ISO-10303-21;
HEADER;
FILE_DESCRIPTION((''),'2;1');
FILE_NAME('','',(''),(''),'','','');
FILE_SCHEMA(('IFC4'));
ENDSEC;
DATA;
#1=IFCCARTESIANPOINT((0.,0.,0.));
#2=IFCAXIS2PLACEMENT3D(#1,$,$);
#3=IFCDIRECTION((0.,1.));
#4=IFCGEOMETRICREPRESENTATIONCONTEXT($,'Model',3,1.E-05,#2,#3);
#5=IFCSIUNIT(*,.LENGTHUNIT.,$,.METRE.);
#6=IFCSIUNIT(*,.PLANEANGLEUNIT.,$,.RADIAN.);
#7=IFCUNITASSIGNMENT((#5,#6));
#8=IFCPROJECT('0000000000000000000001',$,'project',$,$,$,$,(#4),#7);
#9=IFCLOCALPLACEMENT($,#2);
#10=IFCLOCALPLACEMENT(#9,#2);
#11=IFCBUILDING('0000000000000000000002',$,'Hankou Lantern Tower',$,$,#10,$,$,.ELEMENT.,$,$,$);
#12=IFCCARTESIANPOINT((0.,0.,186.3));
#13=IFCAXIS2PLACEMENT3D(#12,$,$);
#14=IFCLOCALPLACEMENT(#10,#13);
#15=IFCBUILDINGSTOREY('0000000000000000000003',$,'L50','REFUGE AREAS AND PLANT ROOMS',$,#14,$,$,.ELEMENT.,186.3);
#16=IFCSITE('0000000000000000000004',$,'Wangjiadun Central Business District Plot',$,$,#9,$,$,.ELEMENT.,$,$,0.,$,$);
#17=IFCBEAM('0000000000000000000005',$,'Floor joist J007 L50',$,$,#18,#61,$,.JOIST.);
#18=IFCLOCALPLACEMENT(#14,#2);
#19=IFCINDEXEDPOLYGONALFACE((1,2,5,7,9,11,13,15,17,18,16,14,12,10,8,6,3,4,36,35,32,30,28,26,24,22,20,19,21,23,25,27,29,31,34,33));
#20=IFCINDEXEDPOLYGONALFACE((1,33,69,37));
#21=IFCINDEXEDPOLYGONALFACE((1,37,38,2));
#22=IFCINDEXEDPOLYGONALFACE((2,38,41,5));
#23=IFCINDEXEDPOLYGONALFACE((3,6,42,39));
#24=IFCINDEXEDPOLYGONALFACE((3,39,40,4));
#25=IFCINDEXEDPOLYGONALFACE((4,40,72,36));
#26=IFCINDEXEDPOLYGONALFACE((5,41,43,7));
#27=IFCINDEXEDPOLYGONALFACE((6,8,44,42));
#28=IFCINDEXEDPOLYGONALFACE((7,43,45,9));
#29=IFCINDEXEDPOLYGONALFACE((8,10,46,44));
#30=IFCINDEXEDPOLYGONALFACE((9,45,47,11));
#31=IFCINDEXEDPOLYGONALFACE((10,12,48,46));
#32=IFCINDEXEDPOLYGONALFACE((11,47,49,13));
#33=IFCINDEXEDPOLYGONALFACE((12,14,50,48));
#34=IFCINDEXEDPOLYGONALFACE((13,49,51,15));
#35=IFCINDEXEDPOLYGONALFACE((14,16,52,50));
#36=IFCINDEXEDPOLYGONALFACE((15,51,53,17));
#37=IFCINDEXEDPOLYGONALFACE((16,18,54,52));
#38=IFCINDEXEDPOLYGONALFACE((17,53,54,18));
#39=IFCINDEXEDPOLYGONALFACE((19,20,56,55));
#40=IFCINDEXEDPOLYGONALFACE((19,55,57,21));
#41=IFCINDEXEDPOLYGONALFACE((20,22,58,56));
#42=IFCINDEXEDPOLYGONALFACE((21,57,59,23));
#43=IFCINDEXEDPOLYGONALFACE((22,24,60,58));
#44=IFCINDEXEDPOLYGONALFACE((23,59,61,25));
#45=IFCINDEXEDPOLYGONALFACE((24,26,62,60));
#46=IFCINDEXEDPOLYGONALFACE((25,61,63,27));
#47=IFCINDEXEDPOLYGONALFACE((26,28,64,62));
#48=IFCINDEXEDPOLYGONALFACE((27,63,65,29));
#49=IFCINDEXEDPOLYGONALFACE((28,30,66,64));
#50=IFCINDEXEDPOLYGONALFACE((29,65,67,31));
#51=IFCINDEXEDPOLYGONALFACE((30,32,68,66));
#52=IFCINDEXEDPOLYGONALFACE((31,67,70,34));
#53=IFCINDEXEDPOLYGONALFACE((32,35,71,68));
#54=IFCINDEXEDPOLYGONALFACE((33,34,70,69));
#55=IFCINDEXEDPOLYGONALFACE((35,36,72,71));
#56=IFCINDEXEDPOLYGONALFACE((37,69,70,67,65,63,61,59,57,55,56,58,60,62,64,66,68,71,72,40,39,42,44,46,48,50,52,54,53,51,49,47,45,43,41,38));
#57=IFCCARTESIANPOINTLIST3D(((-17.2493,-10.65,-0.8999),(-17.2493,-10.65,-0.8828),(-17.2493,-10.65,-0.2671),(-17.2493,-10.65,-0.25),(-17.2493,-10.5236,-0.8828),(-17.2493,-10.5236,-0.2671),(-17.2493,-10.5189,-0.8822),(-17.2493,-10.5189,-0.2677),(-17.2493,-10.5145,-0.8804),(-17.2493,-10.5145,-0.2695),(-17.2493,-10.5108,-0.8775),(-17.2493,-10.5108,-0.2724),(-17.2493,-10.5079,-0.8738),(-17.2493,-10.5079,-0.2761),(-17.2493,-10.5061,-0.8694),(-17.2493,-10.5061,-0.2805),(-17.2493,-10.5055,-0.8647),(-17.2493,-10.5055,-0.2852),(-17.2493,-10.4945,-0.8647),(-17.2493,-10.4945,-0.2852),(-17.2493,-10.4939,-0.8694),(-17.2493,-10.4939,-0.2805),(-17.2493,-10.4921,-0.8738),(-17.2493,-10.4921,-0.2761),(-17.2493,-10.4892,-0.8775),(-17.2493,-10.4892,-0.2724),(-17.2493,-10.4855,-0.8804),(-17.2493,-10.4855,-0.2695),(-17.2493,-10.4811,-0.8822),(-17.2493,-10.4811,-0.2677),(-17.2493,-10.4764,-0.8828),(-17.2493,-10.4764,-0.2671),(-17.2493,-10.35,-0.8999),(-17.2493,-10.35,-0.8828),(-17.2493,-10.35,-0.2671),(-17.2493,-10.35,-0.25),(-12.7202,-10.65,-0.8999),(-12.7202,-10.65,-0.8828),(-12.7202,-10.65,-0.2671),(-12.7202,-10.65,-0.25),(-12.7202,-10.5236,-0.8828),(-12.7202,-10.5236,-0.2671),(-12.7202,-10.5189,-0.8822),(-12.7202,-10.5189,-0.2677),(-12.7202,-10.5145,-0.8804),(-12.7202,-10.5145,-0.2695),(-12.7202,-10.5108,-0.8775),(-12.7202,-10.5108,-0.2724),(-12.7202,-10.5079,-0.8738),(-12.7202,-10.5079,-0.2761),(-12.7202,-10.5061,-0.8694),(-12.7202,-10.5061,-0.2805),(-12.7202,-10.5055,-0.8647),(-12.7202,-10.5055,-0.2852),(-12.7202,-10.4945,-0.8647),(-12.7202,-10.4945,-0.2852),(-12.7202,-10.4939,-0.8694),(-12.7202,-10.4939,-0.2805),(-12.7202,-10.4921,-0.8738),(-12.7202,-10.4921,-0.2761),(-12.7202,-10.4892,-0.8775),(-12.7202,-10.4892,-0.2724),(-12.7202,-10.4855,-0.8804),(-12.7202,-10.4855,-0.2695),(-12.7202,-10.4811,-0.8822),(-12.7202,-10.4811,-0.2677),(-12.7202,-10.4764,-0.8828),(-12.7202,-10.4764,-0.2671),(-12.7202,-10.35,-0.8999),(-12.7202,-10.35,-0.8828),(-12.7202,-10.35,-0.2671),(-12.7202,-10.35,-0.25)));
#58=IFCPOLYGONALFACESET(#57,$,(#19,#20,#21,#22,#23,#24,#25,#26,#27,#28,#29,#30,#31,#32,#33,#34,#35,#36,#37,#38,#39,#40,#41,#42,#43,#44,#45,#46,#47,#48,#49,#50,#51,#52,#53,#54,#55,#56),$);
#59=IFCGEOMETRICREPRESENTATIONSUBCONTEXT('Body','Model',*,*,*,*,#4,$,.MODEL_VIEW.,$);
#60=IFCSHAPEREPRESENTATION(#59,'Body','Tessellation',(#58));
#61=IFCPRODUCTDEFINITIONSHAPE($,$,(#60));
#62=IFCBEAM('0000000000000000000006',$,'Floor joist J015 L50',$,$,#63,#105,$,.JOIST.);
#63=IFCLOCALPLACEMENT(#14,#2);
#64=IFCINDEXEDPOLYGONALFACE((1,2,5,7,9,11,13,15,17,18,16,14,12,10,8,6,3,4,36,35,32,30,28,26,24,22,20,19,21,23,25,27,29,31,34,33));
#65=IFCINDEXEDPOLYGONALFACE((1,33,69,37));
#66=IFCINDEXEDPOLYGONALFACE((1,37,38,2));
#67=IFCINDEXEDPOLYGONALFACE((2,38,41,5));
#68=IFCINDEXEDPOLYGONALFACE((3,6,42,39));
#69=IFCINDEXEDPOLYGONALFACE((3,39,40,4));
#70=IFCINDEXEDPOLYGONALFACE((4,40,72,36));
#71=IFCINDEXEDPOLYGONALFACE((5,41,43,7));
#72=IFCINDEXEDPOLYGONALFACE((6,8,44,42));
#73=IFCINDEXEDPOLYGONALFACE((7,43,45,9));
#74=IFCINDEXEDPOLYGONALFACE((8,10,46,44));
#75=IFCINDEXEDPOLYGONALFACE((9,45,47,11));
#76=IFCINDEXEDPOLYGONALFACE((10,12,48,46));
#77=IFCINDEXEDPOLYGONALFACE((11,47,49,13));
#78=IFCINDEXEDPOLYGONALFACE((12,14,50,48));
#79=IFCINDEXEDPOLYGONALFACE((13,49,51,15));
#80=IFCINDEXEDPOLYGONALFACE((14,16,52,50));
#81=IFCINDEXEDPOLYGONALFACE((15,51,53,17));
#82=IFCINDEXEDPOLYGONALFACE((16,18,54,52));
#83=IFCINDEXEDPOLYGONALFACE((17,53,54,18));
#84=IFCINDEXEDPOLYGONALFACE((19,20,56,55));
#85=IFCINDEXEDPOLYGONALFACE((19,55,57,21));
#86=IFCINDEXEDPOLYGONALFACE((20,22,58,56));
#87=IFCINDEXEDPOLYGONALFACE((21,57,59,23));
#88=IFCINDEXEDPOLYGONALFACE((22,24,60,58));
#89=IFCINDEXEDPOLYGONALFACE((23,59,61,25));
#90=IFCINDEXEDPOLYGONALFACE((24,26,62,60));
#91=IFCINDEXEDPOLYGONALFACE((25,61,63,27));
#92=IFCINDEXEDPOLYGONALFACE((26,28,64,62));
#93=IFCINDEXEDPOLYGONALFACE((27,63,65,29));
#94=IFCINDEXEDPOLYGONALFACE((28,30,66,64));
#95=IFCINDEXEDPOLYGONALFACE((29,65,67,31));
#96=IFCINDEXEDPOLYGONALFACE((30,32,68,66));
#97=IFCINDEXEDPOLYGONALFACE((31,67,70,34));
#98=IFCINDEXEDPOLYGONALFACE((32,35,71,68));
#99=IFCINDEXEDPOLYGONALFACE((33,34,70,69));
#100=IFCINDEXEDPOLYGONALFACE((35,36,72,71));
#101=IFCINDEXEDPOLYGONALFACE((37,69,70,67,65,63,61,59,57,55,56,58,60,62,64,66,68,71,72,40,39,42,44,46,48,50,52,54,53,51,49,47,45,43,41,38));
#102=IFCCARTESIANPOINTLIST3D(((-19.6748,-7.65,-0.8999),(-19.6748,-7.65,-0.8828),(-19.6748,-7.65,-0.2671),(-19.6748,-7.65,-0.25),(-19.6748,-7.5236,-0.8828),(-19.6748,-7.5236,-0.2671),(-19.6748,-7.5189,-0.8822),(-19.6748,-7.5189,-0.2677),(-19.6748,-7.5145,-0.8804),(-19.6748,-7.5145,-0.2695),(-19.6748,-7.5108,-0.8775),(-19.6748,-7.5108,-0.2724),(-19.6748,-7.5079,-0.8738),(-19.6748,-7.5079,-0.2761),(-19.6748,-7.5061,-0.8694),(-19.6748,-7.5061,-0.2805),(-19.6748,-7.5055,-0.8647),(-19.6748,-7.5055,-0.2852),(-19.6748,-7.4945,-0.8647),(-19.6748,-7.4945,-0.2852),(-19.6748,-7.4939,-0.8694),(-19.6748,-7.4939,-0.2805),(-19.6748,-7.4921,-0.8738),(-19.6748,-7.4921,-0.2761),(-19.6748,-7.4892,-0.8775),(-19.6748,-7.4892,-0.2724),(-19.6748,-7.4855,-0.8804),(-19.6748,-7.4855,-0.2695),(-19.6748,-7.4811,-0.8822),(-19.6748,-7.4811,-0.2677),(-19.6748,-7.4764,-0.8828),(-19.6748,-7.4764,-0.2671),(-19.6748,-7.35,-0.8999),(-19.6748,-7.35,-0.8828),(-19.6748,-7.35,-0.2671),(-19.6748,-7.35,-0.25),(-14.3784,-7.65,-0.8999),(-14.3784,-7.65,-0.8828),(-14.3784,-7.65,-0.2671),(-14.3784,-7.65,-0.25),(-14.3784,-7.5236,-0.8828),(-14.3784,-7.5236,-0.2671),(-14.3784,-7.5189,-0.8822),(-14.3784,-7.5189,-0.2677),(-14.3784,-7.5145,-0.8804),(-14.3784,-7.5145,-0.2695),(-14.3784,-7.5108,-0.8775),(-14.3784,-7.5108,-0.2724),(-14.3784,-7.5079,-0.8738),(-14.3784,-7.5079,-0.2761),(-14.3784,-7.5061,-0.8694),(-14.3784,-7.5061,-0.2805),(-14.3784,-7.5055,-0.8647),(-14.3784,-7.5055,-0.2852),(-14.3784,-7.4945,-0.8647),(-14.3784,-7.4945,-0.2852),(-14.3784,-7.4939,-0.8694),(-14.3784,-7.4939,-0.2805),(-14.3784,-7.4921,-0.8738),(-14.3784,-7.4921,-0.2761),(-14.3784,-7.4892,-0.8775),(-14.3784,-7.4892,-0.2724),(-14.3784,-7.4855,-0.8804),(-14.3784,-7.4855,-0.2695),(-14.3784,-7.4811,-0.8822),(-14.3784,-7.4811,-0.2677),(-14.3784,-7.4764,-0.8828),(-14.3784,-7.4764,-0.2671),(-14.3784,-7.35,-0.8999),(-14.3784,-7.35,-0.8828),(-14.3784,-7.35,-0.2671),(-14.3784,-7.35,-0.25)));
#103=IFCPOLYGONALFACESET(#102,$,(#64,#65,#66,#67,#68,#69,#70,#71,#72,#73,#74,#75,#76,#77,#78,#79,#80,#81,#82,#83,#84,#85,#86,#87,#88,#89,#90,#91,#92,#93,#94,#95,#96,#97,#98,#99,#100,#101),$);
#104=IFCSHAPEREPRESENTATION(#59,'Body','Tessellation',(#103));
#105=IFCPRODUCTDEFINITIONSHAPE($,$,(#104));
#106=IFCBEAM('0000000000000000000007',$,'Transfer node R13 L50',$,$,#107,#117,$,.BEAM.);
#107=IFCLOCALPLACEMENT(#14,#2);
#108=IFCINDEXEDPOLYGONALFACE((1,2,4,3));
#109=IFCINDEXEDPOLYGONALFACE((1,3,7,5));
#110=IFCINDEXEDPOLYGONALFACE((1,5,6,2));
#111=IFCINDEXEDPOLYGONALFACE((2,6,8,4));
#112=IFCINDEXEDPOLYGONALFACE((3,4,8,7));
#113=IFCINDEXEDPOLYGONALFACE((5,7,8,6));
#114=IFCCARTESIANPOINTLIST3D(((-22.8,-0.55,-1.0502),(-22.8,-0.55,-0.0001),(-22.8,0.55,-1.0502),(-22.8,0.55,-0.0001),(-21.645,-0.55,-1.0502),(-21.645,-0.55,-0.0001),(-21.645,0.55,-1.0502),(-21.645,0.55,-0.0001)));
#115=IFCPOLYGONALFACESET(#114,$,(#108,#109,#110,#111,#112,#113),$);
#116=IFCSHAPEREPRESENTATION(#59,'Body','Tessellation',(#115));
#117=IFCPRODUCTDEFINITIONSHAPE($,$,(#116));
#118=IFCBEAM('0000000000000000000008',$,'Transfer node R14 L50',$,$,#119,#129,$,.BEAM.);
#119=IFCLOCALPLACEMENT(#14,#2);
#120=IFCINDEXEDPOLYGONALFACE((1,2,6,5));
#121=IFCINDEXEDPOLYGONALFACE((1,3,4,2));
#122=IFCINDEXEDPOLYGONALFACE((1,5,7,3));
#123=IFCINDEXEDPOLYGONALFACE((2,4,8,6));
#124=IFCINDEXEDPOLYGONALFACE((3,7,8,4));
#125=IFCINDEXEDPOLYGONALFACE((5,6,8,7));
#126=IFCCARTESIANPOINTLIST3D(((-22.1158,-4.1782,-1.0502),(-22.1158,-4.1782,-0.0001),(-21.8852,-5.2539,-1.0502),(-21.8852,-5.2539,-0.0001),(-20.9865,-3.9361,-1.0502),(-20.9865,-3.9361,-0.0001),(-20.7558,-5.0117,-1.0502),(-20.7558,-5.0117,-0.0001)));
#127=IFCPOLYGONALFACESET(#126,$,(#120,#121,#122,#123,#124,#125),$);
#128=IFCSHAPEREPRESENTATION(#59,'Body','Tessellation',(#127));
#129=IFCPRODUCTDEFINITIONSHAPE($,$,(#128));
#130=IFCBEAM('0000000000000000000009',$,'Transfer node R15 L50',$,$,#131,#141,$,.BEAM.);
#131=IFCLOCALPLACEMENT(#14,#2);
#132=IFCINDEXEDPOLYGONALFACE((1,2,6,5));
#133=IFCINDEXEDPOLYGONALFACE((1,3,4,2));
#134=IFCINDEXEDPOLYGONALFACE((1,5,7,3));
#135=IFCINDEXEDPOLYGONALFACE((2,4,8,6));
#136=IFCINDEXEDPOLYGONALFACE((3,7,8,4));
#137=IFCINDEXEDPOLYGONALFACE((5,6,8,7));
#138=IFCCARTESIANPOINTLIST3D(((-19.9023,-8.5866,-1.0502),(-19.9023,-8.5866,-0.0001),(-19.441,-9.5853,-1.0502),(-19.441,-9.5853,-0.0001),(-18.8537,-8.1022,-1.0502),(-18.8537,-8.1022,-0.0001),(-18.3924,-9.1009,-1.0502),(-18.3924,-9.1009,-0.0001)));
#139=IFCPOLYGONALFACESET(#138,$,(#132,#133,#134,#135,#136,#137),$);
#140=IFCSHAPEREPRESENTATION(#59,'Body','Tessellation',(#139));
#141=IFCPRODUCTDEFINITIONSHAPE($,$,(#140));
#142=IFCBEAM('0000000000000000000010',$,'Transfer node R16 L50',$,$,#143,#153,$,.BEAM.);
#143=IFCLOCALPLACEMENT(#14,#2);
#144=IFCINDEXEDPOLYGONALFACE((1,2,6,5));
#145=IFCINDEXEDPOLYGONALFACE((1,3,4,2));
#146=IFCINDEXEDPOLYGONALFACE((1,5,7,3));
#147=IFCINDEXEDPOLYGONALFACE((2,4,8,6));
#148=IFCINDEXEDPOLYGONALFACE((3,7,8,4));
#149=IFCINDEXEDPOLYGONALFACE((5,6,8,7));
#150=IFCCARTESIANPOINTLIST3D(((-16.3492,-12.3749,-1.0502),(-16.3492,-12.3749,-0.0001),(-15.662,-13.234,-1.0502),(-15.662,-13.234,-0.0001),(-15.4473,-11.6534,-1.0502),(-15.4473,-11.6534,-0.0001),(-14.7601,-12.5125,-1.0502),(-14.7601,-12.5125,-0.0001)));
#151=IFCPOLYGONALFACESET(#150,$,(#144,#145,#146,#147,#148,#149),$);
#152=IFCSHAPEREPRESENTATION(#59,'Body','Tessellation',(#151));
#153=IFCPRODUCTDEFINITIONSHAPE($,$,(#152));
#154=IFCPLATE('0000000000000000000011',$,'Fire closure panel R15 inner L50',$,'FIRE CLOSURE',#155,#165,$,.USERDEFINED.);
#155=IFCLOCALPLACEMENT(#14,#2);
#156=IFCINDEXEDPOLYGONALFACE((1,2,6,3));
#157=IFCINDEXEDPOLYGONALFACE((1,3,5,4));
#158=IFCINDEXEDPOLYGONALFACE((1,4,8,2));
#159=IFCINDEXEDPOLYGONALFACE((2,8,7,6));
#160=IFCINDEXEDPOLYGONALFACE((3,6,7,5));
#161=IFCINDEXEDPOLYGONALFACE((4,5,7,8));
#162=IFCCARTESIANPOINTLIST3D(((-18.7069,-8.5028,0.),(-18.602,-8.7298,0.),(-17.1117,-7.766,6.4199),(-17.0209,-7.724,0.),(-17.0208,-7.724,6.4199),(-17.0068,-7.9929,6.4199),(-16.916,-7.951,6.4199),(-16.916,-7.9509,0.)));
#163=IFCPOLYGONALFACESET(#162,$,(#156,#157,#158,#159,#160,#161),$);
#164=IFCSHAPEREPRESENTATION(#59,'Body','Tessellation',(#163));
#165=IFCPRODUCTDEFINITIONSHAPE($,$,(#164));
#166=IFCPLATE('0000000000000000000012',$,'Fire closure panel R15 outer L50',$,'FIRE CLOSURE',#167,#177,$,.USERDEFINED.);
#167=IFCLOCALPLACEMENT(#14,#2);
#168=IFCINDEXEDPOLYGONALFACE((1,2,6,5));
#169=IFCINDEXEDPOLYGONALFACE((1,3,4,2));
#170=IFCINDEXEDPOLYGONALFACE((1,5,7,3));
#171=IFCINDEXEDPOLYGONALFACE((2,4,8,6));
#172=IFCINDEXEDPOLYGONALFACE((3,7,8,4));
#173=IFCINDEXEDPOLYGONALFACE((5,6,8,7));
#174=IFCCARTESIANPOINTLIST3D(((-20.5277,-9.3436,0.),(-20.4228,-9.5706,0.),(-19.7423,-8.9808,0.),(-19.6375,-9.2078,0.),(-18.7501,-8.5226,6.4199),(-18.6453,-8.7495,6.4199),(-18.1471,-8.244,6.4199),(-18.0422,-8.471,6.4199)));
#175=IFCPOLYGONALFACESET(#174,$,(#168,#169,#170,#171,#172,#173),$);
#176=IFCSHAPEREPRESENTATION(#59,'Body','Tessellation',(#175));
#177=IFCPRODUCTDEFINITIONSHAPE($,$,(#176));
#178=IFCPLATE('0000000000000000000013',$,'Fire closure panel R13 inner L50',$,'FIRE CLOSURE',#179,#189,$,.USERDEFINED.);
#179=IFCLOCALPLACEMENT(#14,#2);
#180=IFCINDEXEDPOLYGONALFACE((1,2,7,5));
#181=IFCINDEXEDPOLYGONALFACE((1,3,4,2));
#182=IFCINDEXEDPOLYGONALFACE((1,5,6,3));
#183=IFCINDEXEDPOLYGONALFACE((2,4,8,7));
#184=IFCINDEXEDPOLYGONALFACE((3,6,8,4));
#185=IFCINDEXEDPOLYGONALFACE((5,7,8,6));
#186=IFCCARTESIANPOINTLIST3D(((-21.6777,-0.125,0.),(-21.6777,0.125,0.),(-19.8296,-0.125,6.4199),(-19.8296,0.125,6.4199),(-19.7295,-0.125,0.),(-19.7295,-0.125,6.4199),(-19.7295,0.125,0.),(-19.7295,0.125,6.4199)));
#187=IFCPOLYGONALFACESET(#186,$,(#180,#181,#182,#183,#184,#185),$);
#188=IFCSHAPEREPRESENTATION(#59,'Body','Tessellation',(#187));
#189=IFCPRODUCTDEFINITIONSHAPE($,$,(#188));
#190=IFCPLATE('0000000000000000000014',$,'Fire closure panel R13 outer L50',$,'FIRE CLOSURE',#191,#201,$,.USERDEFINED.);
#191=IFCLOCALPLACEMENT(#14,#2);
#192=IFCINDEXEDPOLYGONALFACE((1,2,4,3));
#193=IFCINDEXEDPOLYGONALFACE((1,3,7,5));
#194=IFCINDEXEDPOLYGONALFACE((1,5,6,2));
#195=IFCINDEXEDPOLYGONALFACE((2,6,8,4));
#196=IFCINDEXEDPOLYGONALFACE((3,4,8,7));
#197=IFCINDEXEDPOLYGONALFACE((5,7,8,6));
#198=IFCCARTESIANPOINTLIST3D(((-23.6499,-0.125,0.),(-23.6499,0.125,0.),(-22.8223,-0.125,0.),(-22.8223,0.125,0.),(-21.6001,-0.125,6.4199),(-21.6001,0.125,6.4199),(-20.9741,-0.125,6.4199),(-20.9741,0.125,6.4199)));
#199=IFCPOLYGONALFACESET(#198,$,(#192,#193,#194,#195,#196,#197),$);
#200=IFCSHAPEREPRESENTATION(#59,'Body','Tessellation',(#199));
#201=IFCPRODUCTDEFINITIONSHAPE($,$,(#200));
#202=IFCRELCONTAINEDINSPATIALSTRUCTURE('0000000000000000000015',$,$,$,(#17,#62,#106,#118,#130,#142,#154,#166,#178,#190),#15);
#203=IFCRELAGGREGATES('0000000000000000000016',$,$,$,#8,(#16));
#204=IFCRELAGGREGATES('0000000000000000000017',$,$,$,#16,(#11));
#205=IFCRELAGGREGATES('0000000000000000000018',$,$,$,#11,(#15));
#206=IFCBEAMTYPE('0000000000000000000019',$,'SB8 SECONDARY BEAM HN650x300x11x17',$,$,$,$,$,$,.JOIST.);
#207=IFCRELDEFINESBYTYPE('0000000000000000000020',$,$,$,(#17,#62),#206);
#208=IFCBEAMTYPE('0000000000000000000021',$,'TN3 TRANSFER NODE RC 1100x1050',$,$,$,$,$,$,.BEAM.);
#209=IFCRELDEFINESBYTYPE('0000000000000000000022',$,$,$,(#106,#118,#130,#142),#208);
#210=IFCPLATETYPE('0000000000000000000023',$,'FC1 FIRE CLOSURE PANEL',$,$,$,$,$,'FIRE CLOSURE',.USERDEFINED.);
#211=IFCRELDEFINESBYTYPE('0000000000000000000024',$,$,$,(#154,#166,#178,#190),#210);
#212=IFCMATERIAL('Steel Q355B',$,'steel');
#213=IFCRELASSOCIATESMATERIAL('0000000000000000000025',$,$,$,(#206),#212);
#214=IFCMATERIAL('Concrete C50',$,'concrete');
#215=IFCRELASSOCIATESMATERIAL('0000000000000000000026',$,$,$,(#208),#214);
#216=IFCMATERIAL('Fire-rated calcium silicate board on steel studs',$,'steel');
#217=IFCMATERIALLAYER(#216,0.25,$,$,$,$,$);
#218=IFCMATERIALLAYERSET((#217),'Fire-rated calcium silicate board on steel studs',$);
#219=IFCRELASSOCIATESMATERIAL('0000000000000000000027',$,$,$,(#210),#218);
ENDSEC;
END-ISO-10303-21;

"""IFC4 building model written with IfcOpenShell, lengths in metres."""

from ifc_helpers import new_model, si_unit, direction, frame, origin, origin_2d, place, context, subcontext, project, spatial, polyline, rectangle, i_section, outline, extrude, material, layer, layer_set, material_profile, profile_set, type_object, element, save


model = new_model("IFC4")

# Units and contexts
model_context = context("Model", 3, precision=1e-05, world=origin(), true_north=direction((0.0, 1.0)))
body_context = subcontext(model_context, "Body", "Model", "MODEL_VIEW")
ifc_project = project(units=[si_unit("LENGTHUNIT", "METRE"), si_unit("PLANEANGLEUNIT", "RADIAN")], contexts=[model_context])

# Site, building, storey
site_placement = place(None, origin())
site = spatial("IfcSite", under=ifc_project, at=site_placement, Name="Wangjiadun Central Business District Plot", CompositionType="ELEMENT", RefElevation=0.0)
building_placement = place(site_placement, origin())
building = spatial("IfcBuilding", under=site, at=building_placement, Name="Hankou Lantern Tower", CompositionType="ELEMENT")
storey_placement = place(building_placement, frame((0.0, 0.0, 186.3)))
storey = spatial("IfcBuildingStorey", under=building, at=storey_placement, Name="L50", Description="REFUGE AREAS AND PLANT ROOMS", CompositionType="ELEMENT", Elevation=186.3)

# Beams
ifc_material_1 = material(Name="Steel Q355B", Category="steel")
ifc_material_profile_1 = material_profile(ifc_material_1, i_section(OverallWidth=0.3, OverallDepth=0.6499, WebThickness=0.011, FlangeThickness=0.0171, FilletRadius=0.0181, at=origin_2d()), Name="HN650x300x11x17")
ifc_profile_set_1 = profile_set([ifc_material_profile_1], Name="Steel Q355B")
beam_type_1 = type_object("IfcBeamType", Name="SB8 SECONDARY BEAM HN650x300x11x17", PredefinedType="JOIST", material=ifc_profile_set_1)
beam_1_placement = place(storey_placement, frame((-17.2493, -10.5, -0.575), z_axis=(1.0, 0.0, 0.0), x_axis=(0.0, 1.0, 0.0)))
element("IfcBeam", 1, at=beam_1_placement, inside=storey, type_object=beam_type_1, Name="Floor joist J007 L50", PredefinedType="JOIST", context=body_context, shape_type="SweptSolid", body=[
    extrude(i_section(OverallWidth=0.3, OverallDepth=0.6499, WebThickness=0.011, FlangeThickness=0.0171, FilletRadius=0.0181, at=origin_2d()), origin(), (0.0, 0.0, 1.0), 4.5291),
])
beam_2_placement = place(storey_placement, frame((-19.6748, -7.5, -0.575), z_axis=(1.0, 0.0, 0.0), x_axis=(0.0, 1.0, 0.0)))
element("IfcBeam", 2, at=beam_2_placement, inside=storey, type_object=beam_type_1, Name="Floor joist J015 L50", PredefinedType="JOIST", context=body_context, shape_type="SweptSolid", body=[
    extrude(i_section(OverallWidth=0.3, OverallDepth=0.6499, WebThickness=0.011, FlangeThickness=0.0171, FilletRadius=0.0181, at=origin_2d()), origin(), (0.0, 0.0, 1.0), 5.2964),
])
ifc_material_2 = material(Name="Concrete C50", Category="concrete")
ifc_material_profile_2 = material_profile(ifc_material_2, rectangle(XDim=1.1001, YDim=1.05, at=origin_2d()), Name="RC 1100x1050")
ifc_profile_set_2 = profile_set([ifc_material_profile_2], Name="Concrete C50")
beam_type_2 = type_object("IfcBeamType", Name="TN3 TRANSFER NODE RC 1100x1050", PredefinedType="BEAM", material=ifc_profile_set_2)
for number, where, z_axis, x_axis, name in (
    (3, (-22.8, 0.0, -0.5251), (1.0, 0.0, 0.0), (0.0, 1.0, 0.0), "Transfer node R13 L50"),
    (4, (-22.0005, -4.7161, -0.5251), (0.977771, 0.209673, 0.0), (-0.209673, 0.977771, 0.0), "Transfer node R14 L50"),
    (5, (-19.6716, -9.0859, -0.5251), (0.907823, 0.419353, 0.0), (-0.419353, 0.907823, 0.0), "Transfer node R15 L50"),
    (6, (-16.0056, -12.8044, -0.5251), (0.780889, 0.624669, 0.0), (-0.624669, 0.780889, 0.0), "Transfer node R16 L50"),
):
    element("IfcBeam", number, at=place(storey_placement, frame(where, z_axis=z_axis, x_axis=x_axis)), inside=storey, type_object=beam_type_2, Name=name, PredefinedType="BEAM", context=body_context, shape_type="SweptSolid", body=[
        extrude(rectangle(XDim=1.1001, YDim=1.05, at=origin_2d()), origin(), (0.0, 0.0, 1.0), 1.155),
    ])

# Plates
ifc_material_3 = material(Name="Fire-rated calcium silicate board on steel studs", Category="steel")
ifc_layer_1 = layer(ifc_material_3, 0.25)
ifc_layer_set_1 = layer_set([ifc_layer_1], Name="Fire-rated calcium silicate board on steel studs")
plate_type = type_object("IfcPlateType", Name="FC1 FIRE CLOSURE PANEL", ElementType="FIRE CLOSURE", PredefinedType="USERDEFINED", material=ifc_layer_set_1)
plate_1_placement = place(storey_placement, frame((-16.916, -7.9509, 0.0), z_axis=(0.419359, -0.907821, -0.000005), x_axis=(-0.907821, -0.419359, 0.0)))
element("IfcPlate", 7, at=plate_1_placement, inside=storey, type_object=plate_type, Name="Fire closure panel R15 inner L50", ObjectType="FIRE CLOSURE", PredefinedType="USERDEFINED", context=body_context, shape_type="SweptSolid", body=[
    extrude(outline(polyline([(0.0, 0.0), (1.8572, 0.0), (0.1001, -6.4199), (0.0, -6.4199), (0.0, 0.0)])), origin(), (0.0, 0.0, -1.0), 0.25),
])
plate_2_placement = place(storey_placement, frame((-19.6375, -9.2078, 0.0), z_axis=(0.419352, -0.907824, -0.00001), x_axis=(-0.907824, -0.419352, 0.0)))
element("IfcPlate", 8, at=plate_2_placement, inside=storey, type_object=plate_type, Name="Fire closure panel R15 outer L50", ObjectType="FIRE CLOSURE", PredefinedType="USERDEFINED", context=body_context, shape_type="SweptSolid", body=[
    extrude(outline(polyline([(0.0, 0.0), (0.8651, 0.0), (-1.0929, -6.4199), (-1.7572, -6.4199), (0.0, 0.0)])), origin(), (0.0, 0.0, -1.0), 0.25),
])
plate_3_placement = place(storey_placement, frame((-19.7295, 0.125, 0.0), z_axis=(0.0, 1.0, 0.0), x_axis=(-1.0, 0.0, 0.0)))
element("IfcPlate", 9, at=plate_3_placement, inside=storey, type_object=plate_type, Name="Fire closure panel R13 inner L50", ObjectType="FIRE CLOSURE", PredefinedType="USERDEFINED", context=body_context, shape_type="SweptSolid", body=[
    extrude(outline(polyline([(0.0, 0.0), (1.9482, 0.0), (0.1001, 6.4199), (0.0, 6.4199), (0.0, 0.0)])), origin(), (0.0, 0.0, -1.0), 0.25),
])
plate_4_placement = place(storey_placement, frame((-22.8223, 0.125, 0.0), z_axis=(0.0, 1.0, 0.0), x_axis=(-1.0, 0.0, 0.0)))
element("IfcPlate", 10, at=plate_4_placement, inside=storey, type_object=plate_type, Name="Fire closure panel R13 outer L50", ObjectType="FIRE CLOSURE", PredefinedType="USERDEFINED", context=body_context, shape_type="SweptSolid", body=[
    extrude(outline(polyline([(0.0, 0.0), (0.8276, 0.0), (-1.2222, 6.4199), (-1.8481, 6.4199), (0.0, 0.0)])), origin(), (0.0, 0.0, -1.0), 0.25),
])

save(model, "model.ifc")
